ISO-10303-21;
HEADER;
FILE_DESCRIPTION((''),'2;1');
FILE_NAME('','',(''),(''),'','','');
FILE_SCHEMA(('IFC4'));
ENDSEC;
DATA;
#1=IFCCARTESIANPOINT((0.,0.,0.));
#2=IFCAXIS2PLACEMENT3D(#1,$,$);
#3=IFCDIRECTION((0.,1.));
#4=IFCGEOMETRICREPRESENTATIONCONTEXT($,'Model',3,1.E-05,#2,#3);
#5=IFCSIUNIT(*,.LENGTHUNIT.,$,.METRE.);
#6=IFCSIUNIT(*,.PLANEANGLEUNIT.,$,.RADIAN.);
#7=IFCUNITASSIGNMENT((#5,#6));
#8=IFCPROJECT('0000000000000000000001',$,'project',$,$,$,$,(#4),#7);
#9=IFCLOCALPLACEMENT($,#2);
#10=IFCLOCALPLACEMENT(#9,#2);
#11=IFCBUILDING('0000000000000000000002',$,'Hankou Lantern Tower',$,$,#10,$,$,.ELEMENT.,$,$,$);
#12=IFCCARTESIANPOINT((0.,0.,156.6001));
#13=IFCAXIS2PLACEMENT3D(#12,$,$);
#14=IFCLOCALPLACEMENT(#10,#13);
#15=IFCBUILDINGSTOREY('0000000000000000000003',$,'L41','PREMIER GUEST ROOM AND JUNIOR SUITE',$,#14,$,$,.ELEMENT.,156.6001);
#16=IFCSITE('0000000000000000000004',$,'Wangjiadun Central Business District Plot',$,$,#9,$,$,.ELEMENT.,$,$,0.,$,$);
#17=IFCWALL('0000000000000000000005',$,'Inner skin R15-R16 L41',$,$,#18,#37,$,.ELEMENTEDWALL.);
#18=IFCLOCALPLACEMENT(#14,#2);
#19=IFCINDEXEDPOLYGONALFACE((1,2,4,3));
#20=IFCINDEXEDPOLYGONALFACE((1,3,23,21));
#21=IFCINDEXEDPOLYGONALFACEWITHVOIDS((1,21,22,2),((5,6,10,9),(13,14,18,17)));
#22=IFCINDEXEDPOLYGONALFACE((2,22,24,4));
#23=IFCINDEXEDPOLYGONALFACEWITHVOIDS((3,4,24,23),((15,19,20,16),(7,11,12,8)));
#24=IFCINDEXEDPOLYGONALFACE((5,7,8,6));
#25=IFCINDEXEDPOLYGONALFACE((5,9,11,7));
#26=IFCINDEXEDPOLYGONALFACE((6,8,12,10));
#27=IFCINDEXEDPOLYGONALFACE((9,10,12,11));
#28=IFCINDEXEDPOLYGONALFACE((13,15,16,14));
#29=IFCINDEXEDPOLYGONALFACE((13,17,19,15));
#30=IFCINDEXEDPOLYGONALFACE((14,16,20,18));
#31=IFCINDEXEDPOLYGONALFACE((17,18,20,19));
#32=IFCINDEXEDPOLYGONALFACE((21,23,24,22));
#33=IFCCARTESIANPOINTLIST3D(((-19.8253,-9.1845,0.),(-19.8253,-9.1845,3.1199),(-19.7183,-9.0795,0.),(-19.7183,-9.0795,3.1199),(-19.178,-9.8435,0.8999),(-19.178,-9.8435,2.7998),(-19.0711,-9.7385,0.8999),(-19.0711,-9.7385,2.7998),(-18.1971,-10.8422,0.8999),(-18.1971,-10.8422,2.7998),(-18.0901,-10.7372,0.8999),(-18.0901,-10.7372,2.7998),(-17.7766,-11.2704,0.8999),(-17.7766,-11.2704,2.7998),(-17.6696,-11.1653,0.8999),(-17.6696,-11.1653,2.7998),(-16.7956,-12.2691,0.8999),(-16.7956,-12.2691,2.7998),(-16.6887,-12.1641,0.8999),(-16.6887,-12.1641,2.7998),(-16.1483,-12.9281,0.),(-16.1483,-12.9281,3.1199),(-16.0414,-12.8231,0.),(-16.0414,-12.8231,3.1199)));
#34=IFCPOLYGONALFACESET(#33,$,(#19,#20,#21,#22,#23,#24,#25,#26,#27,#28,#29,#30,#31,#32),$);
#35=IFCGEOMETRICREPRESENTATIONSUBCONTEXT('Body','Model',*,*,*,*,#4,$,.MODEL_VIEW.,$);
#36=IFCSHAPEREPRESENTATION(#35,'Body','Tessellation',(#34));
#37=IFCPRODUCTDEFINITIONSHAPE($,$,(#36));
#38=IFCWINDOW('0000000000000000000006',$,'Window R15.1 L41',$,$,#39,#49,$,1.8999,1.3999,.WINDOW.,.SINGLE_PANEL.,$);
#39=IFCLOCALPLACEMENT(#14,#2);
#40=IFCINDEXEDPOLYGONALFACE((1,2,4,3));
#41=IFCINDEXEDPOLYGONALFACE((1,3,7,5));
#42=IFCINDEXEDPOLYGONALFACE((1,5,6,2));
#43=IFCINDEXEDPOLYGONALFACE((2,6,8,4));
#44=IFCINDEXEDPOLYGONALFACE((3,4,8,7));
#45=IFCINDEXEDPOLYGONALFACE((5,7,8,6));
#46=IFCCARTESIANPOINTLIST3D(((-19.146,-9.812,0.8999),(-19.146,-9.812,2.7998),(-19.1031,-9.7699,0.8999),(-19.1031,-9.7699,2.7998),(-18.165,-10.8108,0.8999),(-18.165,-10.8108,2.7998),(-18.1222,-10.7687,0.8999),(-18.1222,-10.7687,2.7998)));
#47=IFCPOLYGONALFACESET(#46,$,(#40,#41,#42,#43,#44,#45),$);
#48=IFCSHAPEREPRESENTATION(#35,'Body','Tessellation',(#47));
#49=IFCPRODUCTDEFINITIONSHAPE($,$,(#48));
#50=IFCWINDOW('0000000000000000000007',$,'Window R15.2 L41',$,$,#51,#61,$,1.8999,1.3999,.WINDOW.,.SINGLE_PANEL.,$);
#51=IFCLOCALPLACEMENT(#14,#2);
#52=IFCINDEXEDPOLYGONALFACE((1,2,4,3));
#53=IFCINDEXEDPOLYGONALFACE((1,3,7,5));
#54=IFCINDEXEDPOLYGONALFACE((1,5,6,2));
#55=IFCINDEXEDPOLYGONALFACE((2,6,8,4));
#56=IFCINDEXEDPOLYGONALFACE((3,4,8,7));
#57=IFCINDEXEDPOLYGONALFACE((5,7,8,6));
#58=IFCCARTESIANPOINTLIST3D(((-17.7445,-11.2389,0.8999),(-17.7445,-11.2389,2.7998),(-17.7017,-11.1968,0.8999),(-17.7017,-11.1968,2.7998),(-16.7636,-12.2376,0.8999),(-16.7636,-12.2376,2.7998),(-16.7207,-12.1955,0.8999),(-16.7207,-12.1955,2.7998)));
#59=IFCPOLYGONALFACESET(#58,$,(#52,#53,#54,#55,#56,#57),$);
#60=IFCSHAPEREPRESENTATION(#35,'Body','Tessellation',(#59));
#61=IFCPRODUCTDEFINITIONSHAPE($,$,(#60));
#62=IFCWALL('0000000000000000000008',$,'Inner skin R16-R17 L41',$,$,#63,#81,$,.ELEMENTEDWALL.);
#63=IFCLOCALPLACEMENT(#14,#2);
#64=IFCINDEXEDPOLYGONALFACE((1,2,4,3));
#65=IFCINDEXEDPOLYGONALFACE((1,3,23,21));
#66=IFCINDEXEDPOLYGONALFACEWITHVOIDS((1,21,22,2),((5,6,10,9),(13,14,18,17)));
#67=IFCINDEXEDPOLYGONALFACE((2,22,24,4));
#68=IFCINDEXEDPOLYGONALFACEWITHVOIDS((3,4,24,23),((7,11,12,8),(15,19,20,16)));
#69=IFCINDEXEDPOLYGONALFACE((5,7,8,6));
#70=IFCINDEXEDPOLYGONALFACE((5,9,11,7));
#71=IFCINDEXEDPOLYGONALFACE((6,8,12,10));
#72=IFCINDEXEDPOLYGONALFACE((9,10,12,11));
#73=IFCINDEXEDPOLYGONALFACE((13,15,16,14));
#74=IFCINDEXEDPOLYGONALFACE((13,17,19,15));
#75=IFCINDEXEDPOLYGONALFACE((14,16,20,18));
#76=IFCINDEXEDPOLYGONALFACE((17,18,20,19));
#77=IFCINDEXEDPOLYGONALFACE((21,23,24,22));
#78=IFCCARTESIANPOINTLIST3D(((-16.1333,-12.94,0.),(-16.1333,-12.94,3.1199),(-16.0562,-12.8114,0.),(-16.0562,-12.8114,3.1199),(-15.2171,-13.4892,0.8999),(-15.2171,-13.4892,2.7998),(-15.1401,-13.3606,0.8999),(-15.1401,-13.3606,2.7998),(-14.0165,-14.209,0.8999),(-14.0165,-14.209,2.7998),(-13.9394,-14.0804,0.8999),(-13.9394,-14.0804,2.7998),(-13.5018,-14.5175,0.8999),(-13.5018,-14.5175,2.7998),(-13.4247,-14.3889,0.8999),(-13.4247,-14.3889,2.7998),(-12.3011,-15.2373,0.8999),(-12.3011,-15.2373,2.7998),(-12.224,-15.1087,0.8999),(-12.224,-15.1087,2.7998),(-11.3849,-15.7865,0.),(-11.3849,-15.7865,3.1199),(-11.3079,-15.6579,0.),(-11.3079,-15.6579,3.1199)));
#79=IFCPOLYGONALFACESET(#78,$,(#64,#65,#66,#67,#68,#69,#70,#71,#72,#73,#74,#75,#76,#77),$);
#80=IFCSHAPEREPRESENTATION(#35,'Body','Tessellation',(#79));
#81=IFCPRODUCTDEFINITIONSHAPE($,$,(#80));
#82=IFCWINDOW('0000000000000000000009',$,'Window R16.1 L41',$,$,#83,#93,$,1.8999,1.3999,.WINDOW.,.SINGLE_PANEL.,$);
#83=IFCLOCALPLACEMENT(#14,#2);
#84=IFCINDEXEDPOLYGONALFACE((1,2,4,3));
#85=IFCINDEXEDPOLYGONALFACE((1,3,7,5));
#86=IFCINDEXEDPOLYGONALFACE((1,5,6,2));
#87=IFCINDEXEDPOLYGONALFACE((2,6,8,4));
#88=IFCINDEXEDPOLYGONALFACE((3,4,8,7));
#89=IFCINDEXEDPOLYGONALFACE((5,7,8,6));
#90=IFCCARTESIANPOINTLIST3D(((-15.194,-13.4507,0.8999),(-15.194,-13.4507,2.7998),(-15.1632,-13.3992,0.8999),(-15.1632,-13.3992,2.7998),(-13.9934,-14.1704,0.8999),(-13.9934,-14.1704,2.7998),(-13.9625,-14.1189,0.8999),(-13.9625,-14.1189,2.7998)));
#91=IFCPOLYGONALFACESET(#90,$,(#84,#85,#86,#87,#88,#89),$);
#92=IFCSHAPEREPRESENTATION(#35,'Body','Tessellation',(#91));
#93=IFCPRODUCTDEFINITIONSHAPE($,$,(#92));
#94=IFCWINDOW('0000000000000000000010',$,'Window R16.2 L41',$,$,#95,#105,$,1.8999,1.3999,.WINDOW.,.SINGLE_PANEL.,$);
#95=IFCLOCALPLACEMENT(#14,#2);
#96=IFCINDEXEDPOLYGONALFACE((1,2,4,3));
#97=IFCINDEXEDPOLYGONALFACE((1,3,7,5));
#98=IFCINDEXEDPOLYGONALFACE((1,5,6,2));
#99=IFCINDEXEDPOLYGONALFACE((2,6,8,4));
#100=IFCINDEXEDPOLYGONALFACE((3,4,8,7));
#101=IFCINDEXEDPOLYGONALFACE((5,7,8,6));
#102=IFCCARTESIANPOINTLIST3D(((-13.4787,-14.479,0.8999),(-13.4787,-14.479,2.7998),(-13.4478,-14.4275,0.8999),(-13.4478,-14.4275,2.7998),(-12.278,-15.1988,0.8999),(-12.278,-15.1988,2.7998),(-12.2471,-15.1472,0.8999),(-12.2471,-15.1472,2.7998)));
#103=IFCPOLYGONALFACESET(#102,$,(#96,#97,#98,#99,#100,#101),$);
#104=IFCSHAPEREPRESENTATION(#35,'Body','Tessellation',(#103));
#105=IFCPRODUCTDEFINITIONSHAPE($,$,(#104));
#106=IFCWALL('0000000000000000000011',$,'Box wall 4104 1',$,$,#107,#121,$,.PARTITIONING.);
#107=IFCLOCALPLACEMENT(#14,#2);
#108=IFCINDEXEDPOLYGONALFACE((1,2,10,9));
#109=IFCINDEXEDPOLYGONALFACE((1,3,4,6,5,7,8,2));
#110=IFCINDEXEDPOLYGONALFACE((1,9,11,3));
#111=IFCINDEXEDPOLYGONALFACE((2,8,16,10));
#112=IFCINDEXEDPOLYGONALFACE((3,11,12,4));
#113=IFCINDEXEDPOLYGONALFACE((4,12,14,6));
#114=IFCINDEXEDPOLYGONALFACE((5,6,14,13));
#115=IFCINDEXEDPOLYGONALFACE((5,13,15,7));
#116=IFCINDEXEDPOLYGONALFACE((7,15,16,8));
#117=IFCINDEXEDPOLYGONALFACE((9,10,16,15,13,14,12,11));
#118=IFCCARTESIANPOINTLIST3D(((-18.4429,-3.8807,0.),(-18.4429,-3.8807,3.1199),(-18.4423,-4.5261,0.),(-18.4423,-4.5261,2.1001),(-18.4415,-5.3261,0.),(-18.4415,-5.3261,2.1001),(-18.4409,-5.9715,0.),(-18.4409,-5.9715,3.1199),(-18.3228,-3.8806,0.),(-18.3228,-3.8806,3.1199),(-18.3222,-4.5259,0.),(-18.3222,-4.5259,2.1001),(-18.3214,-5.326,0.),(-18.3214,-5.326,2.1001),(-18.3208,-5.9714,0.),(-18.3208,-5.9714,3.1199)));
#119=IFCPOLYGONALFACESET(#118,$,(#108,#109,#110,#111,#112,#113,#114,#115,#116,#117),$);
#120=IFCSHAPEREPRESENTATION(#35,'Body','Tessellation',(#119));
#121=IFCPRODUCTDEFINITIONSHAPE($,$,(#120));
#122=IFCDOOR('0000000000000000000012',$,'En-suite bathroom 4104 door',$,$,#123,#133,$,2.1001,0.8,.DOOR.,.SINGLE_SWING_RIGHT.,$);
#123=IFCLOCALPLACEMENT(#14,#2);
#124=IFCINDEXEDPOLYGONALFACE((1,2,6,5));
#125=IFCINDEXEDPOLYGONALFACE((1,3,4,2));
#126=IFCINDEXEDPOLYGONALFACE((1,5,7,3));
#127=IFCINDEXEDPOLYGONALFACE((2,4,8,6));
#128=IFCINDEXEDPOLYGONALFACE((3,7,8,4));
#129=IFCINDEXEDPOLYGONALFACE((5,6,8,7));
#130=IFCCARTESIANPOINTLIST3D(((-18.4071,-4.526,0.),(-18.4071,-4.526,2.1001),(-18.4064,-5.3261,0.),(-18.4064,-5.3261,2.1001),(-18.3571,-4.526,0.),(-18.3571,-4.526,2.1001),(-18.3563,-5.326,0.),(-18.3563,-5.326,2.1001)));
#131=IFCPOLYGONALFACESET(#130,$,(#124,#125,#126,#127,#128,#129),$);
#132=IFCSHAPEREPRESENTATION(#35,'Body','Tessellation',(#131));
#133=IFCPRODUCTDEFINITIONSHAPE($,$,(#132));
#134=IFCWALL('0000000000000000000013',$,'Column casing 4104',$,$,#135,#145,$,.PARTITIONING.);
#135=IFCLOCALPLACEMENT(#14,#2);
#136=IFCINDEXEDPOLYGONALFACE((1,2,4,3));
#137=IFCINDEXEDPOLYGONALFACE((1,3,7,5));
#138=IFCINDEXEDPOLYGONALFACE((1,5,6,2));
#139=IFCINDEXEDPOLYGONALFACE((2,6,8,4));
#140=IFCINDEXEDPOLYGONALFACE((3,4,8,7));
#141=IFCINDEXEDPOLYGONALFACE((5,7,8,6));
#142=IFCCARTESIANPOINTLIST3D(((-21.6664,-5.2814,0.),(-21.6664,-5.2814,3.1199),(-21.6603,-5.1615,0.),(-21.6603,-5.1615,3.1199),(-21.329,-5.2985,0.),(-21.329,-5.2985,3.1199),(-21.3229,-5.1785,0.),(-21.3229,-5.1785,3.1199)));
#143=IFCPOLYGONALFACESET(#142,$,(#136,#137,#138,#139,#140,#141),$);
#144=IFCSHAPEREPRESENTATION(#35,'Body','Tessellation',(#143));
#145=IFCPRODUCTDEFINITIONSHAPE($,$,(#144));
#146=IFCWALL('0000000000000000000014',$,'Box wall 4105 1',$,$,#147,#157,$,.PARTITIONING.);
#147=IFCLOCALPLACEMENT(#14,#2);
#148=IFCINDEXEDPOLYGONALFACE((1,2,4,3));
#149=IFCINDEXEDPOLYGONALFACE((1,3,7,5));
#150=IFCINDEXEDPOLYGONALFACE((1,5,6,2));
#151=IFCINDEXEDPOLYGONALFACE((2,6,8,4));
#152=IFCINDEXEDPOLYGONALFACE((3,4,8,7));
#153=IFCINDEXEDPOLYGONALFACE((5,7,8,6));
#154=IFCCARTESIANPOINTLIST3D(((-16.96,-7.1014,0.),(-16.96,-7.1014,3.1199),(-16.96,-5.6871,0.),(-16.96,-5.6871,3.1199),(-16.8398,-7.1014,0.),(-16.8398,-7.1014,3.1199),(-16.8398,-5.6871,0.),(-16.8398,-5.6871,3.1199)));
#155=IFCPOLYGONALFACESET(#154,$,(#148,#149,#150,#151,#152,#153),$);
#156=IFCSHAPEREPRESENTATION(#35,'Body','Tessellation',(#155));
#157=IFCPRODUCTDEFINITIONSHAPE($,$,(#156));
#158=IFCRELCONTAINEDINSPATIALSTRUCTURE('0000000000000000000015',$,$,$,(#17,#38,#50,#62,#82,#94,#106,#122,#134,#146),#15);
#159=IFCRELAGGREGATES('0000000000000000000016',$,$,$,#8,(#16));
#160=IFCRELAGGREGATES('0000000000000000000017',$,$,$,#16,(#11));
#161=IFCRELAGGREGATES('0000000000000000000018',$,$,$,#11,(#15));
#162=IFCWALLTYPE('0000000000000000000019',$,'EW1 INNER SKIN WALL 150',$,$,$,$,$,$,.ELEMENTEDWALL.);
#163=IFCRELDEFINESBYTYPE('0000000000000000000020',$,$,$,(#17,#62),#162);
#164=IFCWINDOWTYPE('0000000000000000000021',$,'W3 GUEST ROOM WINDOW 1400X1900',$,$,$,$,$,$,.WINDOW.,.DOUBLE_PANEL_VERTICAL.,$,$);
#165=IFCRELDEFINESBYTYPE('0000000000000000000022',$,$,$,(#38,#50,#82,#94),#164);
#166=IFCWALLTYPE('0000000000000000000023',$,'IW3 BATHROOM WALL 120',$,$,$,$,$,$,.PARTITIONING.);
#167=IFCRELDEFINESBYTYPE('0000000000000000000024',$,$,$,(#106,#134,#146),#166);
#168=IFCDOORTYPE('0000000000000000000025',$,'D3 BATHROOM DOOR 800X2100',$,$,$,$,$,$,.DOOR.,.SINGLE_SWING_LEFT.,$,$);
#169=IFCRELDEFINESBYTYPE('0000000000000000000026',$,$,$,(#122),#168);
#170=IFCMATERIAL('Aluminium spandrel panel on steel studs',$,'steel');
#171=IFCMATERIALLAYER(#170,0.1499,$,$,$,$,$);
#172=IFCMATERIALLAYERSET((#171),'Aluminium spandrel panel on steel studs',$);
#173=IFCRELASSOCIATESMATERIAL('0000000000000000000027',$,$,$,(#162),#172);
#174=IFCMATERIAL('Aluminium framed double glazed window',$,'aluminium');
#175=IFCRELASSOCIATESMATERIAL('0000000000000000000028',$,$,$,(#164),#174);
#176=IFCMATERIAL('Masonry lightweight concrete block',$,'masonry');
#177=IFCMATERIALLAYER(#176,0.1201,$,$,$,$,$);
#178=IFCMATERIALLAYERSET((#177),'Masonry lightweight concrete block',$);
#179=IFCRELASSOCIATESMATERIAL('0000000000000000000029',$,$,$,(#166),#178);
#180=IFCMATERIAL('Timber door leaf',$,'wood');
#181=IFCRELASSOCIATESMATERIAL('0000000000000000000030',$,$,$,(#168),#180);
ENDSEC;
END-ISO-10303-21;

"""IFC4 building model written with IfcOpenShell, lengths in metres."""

from ifc_helpers import new_model, si_unit, direction, frame, frame_2d, origin, place, context, subcontext, project, spatial, rectangle, extrude, material, layer, layer_set, type_object, element, fill, save


model = new_model("IFC4")

# Units and contexts
model_context = context("Model", 3, precision=1e-05, world=origin(), true_north=direction((0.0, 1.0)))
body_context = subcontext(model_context, "Body", "Model", "MODEL_VIEW")
ifc_project = project(units=[si_unit("LENGTHUNIT", "METRE"), si_unit("PLANEANGLEUNIT", "RADIAN")], contexts=[model_context])

# Site, building, storey
site_placement = place(None, origin())
site = spatial("IfcSite", under=ifc_project, at=site_placement, Name="Wangjiadun Central Business District Plot", CompositionType="ELEMENT", RefElevation=0.0)
building_placement = place(site_placement, origin())
building = spatial("IfcBuilding", under=site, at=building_placement, Name="Hankou Lantern Tower", CompositionType="ELEMENT")
storey_placement = place(building_placement, frame((0.0, 0.0, 156.6001)))
storey = spatial("IfcBuildingStorey", under=building, at=storey_placement, Name="L41", Description="PREMIER GUEST ROOM AND JUNIOR SUITE", CompositionType="ELEMENT", Elevation=156.6001)

# Walls, openings, windows
ifc_material_1 = material(Name="Aluminium spandrel panel on steel studs", Category="steel")
ifc_layer_1 = layer(ifc_material_1, 0.1499)
ifc_layer_set_1 = layer_set([ifc_layer_1], Name="Aluminium spandrel panel on steel studs")
wall_type_1 = type_object("IfcWallType", Name="EW1 INNER SKIN WALL 150", PredefinedType="ELEMENTEDWALL", material=ifc_layer_set_1)
wall_1_placement = place(storey_placement, frame((-19.7717, -9.1321, 0.0), z_axis=(0.0, 0.0, 1.0), x_axis=(0.700727, -0.713429, 0.0)))
wall_1 = element("IfcWall", 1, at=wall_1_placement, inside=storey, type_object=wall_type_1, Name="Inner skin R15-R16 L41", PredefinedType="ELEMENTEDWALL", context=body_context, shape_type="SweptSolid", body=[
    extrude(rectangle(XDim=5.2473, YDim=0.1499, at=frame_2d((2.6235, 0.0))), origin(), (0.0, 0.0, 1.0), 3.1199),
])
opening_1_placement = place(wall_1_placement, frame((0.9236, 0.0, 0.8999)))
opening_1 = element("IfcOpeningElement", 2, at=opening_1_placement, cuts=wall_1, PredefinedType="OPENING", context=body_context, shape_type="SweptSolid", body=[
    extrude(rectangle(XDim=1.3999, YDim=1.8999, at=frame_2d((0.7, 0.95))), frame((0.0, 0.085, 0.0), z_axis=(0.0, -1.0, 0.0), x_axis=(1.0, 0.0, 0.0)), (0.0, 0.0, 1.0), 0.1699),
])
opening_2_placement = place(wall_1_placement, frame((2.9236, 0.0, 0.8999)))
opening_2 = element("IfcOpeningElement", 3, at=opening_2_placement, cuts=wall_1, PredefinedType="OPENING", context=body_context, shape_type="SweptSolid", body=[
    extrude(rectangle(XDim=1.3999, YDim=1.8999, at=frame_2d((0.7, 0.95))), frame((0.0, 0.085, 0.0), z_axis=(0.0, -1.0, 0.0), x_axis=(1.0, 0.0, 0.0)), (0.0, 0.0, 1.0), 0.1699),
])
ifc_material_2 = material(Name="Aluminium framed double glazed window", Category="aluminium")
window_type = type_object("IfcWindowType", Name="W3 GUEST ROOM WINDOW 1400X1900", PartitioningType="DOUBLE_PANEL_VERTICAL", PredefinedType="WINDOW", material=ifc_material_2)
window_1_placement = place(opening_1_placement, origin())
window_1 = element("IfcWindow", 4, at=window_1_placement, inside=storey, type_object=window_type, Name="Window R15.1 L41", OverallHeight=1.8999, OverallWidth=1.3999, PartitioningType="SINGLE_PANEL", PredefinedType="WINDOW", context=body_context, shape_type="SweptSolid", body=[
    extrude(rectangle(XDim=1.3999, YDim=1.8999, at=frame_2d((0.7, 0.95))), frame((0.0, 0.03, 0.0), z_axis=(0.0, -1.0, 0.0), x_axis=(1.0, 0.0, 0.0)), (0.0, 0.0, 1.0), 0.0601),
])
fill(opening_1, window_1)
window_2_placement = place(opening_2_placement, origin())
window_2 = element("IfcWindow", 5, at=window_2_placement, inside=storey, type_object=window_type, Name="Window R15.2 L41", OverallHeight=1.8999, OverallWidth=1.3999, PartitioningType="SINGLE_PANEL", PredefinedType="WINDOW", context=body_context, shape_type="SweptSolid", body=[
    extrude(rectangle(XDim=1.3999, YDim=1.8999, at=frame_2d((0.7, 0.95))), frame((0.0, 0.03, 0.0), z_axis=(0.0, -1.0, 0.0), x_axis=(1.0, 0.0, 0.0)), (0.0, 0.0, 1.0), 0.0601),
])
fill(opening_2, window_2)
wall_2_placement = place(storey_placement, frame((-16.0947, -12.8757, 0.0), z_axis=(0.0, 0.0, 1.0), x_axis=(0.857695, -0.514158, 0.0)))
wall_2 = element("IfcWall", 6, at=wall_2_placement, inside=storey, type_object=wall_type_1, Name="Inner skin R16-R17 L41", PredefinedType="ELEMENTEDWALL", context=body_context, shape_type="SweptSolid", body=[
    extrude(rectangle(XDim=5.5361, YDim=0.1499, at=frame_2d((2.7681, 0.0))), origin(), (0.0, 0.0, 1.0), 3.1199),
])
opening_3_placement = place(wall_2_placement, frame((1.0681, 0.0, 0.8999)))
opening_3 = element("IfcOpeningElement", 7, at=opening_3_placement, cuts=wall_2, PredefinedType="OPENING", context=body_context, shape_type="SweptSolid", body=[
    extrude(rectangle(XDim=1.3999, YDim=1.8999, at=frame_2d((0.7, 0.95))), frame((0.0, 0.085, 0.0), z_axis=(0.0, -1.0, 0.0), x_axis=(1.0, 0.0, 0.0)), (0.0, 0.0, 1.0), 0.1699),
])
opening_4_placement = place(wall_2_placement, frame((3.0681, 0.0, 0.8999)))
opening_4 = element("IfcOpeningElement", 8, at=opening_4_placement, cuts=wall_2, PredefinedType="OPENING", context=body_context, shape_type="SweptSolid", body=[
    extrude(rectangle(XDim=1.3999, YDim=1.8999, at=frame_2d((0.7, 0.95))), frame((0.0, 0.085, 0.0), z_axis=(0.0, -1.0, 0.0), x_axis=(1.0, 0.0, 0.0)), (0.0, 0.0, 1.0), 0.1699),
])
window_3_placement = place(opening_3_placement, origin())
window_3 = element("IfcWindow", 9, at=window_3_placement, inside=storey, type_object=window_type, Name="Window R16.1 L41", OverallHeight=1.8999, OverallWidth=1.3999, PartitioningType="SINGLE_PANEL", PredefinedType="WINDOW", context=body_context, shape_type="SweptSolid", body=[
    extrude(rectangle(XDim=1.3999, YDim=1.8999, at=frame_2d((0.7, 0.95))), frame((0.0, 0.03, 0.0), z_axis=(0.0, -1.0, 0.0), x_axis=(1.0, 0.0, 0.0)), (0.0, 0.0, 1.0), 0.0601),
])
fill(opening_3, window_3)
window_4_placement = place(opening_4_placement, origin())
window_4 = element("IfcWindow", 10, at=window_4_placement, inside=storey, type_object=window_type, Name="Window R16.2 L41", OverallHeight=1.8999, OverallWidth=1.3999, PartitioningType="SINGLE_PANEL", PredefinedType="WINDOW", context=body_context, shape_type="SweptSolid", body=[
    extrude(rectangle(XDim=1.3999, YDim=1.8999, at=frame_2d((0.7, 0.95))), frame((0.0, 0.03, 0.0), z_axis=(0.0, -1.0, 0.0), x_axis=(1.0, 0.0, 0.0)), (0.0, 0.0, 1.0), 0.0601),
])
fill(opening_4, window_4)

# Wall, opening, door
ifc_material_3 = material(Name="Masonry lightweight concrete block", Category="masonry")
ifc_layer_2 = layer(ifc_material_3, 0.1201)
ifc_layer_set_2 = layer_set([ifc_layer_2], Name="Masonry lightweight concrete block")
wall_type_2 = type_object("IfcWallType", Name="IW3 BATHROOM WALL 120", PredefinedType="PARTITIONING", material=ifc_layer_set_2)
wall_3_placement = place(storey_placement, frame((-18.3809, -5.9714, 0.0), z_axis=(0.0, 0.0, 1.0), x_axis=(-0.000934, 1.0, 0.0)))
wall_3 = element("IfcWall", 11, at=wall_3_placement, inside=storey, type_object=wall_type_2, Name="Box wall 4104 1", PredefinedType="PARTITIONING", context=body_context, shape_type="SweptSolid", body=[
    extrude(rectangle(XDim=2.0908, YDim=0.1201, at=frame_2d((1.0454, 0.0))), origin(), (0.0, 0.0, 1.0), 3.1199),
])
opening_5_placement = place(wall_3_placement, frame((0.6455, 0.0, 0.0)))
opening_5 = element("IfcOpeningElement", 12, at=opening_5_placement, cuts=wall_3, PredefinedType="OPENING", context=body_context, shape_type="SweptSolid", body=[
    extrude(rectangle(XDim=0.8, YDim=2.1001, at=frame_2d((0.3999, 1.05))), frame((0.0, 0.0701, 0.0), z_axis=(0.0, -1.0, 0.0), x_axis=(1.0, 0.0, 0.0)), (0.0, 0.0, 1.0), 0.1401),
])
ifc_material_4 = material(Name="Timber door leaf", Category="wood")
door_type = type_object("IfcDoorType", Name="D3 BATHROOM DOOR 800X2100", OperationType="SINGLE_SWING_LEFT", PredefinedType="DOOR", material=ifc_material_4)
door_1_placement = place(opening_5_placement, origin())
door_1 = element("IfcDoor", 13, at=door_1_placement, inside=storey, type_object=door_type, Name="En-suite bathroom 4104 door", OperationType="SINGLE_SWING_RIGHT", OverallHeight=2.1001, OverallWidth=0.8, PredefinedType="DOOR", context=body_context, shape_type="SweptSolid", body=[
    extrude(rectangle(XDim=0.8, YDim=2.1001, at=frame_2d((0.3999, 1.05))), frame((0.0, 0.0249, 0.0), z_axis=(0.0, -1.0, 0.0), x_axis=(1.0, 0.0, 0.0)), (0.0, 0.0, 1.0), 0.05),
])
fill(opening_5, door_1)

# Walls
wall_4_placement = place(storey_placement, frame((-21.3259, -5.2385, 0.0), z_axis=(0.0, 0.0, 1.0), x_axis=(-0.99872, 0.050586, 0.0)))
element("IfcWall", 14, at=wall_4_placement, inside=storey, type_object=wall_type_2, Name="Column casing 4104", PredefinedType="PARTITIONING", context=body_context, shape_type="SweptSolid", body=[
    extrude(rectangle(XDim=0.3379, YDim=0.1201, at=frame_2d((0.1689, 0.0))), origin(), (0.0, 0.0, 1.0), 3.1199),
])
wall_5_placement = place(storey_placement, frame((-16.8999, -5.6873, 0.0), z_axis=(0.0, 0.0, 1.0), x_axis=(0.0, -1.0, 0.0)))
element("IfcWall", 15, at=wall_5_placement, inside=storey, type_object=wall_type_2, Name="Box wall 4105 1", PredefinedType="PARTITIONING", context=body_context, shape_type="SweptSolid", body=[
    extrude(rectangle(XDim=1.4143, YDim=0.1201, at=frame_2d((0.707, 0.0))), origin(), (0.0, 0.0, 1.0), 3.1199),
])

save(model, "model.ifc")
